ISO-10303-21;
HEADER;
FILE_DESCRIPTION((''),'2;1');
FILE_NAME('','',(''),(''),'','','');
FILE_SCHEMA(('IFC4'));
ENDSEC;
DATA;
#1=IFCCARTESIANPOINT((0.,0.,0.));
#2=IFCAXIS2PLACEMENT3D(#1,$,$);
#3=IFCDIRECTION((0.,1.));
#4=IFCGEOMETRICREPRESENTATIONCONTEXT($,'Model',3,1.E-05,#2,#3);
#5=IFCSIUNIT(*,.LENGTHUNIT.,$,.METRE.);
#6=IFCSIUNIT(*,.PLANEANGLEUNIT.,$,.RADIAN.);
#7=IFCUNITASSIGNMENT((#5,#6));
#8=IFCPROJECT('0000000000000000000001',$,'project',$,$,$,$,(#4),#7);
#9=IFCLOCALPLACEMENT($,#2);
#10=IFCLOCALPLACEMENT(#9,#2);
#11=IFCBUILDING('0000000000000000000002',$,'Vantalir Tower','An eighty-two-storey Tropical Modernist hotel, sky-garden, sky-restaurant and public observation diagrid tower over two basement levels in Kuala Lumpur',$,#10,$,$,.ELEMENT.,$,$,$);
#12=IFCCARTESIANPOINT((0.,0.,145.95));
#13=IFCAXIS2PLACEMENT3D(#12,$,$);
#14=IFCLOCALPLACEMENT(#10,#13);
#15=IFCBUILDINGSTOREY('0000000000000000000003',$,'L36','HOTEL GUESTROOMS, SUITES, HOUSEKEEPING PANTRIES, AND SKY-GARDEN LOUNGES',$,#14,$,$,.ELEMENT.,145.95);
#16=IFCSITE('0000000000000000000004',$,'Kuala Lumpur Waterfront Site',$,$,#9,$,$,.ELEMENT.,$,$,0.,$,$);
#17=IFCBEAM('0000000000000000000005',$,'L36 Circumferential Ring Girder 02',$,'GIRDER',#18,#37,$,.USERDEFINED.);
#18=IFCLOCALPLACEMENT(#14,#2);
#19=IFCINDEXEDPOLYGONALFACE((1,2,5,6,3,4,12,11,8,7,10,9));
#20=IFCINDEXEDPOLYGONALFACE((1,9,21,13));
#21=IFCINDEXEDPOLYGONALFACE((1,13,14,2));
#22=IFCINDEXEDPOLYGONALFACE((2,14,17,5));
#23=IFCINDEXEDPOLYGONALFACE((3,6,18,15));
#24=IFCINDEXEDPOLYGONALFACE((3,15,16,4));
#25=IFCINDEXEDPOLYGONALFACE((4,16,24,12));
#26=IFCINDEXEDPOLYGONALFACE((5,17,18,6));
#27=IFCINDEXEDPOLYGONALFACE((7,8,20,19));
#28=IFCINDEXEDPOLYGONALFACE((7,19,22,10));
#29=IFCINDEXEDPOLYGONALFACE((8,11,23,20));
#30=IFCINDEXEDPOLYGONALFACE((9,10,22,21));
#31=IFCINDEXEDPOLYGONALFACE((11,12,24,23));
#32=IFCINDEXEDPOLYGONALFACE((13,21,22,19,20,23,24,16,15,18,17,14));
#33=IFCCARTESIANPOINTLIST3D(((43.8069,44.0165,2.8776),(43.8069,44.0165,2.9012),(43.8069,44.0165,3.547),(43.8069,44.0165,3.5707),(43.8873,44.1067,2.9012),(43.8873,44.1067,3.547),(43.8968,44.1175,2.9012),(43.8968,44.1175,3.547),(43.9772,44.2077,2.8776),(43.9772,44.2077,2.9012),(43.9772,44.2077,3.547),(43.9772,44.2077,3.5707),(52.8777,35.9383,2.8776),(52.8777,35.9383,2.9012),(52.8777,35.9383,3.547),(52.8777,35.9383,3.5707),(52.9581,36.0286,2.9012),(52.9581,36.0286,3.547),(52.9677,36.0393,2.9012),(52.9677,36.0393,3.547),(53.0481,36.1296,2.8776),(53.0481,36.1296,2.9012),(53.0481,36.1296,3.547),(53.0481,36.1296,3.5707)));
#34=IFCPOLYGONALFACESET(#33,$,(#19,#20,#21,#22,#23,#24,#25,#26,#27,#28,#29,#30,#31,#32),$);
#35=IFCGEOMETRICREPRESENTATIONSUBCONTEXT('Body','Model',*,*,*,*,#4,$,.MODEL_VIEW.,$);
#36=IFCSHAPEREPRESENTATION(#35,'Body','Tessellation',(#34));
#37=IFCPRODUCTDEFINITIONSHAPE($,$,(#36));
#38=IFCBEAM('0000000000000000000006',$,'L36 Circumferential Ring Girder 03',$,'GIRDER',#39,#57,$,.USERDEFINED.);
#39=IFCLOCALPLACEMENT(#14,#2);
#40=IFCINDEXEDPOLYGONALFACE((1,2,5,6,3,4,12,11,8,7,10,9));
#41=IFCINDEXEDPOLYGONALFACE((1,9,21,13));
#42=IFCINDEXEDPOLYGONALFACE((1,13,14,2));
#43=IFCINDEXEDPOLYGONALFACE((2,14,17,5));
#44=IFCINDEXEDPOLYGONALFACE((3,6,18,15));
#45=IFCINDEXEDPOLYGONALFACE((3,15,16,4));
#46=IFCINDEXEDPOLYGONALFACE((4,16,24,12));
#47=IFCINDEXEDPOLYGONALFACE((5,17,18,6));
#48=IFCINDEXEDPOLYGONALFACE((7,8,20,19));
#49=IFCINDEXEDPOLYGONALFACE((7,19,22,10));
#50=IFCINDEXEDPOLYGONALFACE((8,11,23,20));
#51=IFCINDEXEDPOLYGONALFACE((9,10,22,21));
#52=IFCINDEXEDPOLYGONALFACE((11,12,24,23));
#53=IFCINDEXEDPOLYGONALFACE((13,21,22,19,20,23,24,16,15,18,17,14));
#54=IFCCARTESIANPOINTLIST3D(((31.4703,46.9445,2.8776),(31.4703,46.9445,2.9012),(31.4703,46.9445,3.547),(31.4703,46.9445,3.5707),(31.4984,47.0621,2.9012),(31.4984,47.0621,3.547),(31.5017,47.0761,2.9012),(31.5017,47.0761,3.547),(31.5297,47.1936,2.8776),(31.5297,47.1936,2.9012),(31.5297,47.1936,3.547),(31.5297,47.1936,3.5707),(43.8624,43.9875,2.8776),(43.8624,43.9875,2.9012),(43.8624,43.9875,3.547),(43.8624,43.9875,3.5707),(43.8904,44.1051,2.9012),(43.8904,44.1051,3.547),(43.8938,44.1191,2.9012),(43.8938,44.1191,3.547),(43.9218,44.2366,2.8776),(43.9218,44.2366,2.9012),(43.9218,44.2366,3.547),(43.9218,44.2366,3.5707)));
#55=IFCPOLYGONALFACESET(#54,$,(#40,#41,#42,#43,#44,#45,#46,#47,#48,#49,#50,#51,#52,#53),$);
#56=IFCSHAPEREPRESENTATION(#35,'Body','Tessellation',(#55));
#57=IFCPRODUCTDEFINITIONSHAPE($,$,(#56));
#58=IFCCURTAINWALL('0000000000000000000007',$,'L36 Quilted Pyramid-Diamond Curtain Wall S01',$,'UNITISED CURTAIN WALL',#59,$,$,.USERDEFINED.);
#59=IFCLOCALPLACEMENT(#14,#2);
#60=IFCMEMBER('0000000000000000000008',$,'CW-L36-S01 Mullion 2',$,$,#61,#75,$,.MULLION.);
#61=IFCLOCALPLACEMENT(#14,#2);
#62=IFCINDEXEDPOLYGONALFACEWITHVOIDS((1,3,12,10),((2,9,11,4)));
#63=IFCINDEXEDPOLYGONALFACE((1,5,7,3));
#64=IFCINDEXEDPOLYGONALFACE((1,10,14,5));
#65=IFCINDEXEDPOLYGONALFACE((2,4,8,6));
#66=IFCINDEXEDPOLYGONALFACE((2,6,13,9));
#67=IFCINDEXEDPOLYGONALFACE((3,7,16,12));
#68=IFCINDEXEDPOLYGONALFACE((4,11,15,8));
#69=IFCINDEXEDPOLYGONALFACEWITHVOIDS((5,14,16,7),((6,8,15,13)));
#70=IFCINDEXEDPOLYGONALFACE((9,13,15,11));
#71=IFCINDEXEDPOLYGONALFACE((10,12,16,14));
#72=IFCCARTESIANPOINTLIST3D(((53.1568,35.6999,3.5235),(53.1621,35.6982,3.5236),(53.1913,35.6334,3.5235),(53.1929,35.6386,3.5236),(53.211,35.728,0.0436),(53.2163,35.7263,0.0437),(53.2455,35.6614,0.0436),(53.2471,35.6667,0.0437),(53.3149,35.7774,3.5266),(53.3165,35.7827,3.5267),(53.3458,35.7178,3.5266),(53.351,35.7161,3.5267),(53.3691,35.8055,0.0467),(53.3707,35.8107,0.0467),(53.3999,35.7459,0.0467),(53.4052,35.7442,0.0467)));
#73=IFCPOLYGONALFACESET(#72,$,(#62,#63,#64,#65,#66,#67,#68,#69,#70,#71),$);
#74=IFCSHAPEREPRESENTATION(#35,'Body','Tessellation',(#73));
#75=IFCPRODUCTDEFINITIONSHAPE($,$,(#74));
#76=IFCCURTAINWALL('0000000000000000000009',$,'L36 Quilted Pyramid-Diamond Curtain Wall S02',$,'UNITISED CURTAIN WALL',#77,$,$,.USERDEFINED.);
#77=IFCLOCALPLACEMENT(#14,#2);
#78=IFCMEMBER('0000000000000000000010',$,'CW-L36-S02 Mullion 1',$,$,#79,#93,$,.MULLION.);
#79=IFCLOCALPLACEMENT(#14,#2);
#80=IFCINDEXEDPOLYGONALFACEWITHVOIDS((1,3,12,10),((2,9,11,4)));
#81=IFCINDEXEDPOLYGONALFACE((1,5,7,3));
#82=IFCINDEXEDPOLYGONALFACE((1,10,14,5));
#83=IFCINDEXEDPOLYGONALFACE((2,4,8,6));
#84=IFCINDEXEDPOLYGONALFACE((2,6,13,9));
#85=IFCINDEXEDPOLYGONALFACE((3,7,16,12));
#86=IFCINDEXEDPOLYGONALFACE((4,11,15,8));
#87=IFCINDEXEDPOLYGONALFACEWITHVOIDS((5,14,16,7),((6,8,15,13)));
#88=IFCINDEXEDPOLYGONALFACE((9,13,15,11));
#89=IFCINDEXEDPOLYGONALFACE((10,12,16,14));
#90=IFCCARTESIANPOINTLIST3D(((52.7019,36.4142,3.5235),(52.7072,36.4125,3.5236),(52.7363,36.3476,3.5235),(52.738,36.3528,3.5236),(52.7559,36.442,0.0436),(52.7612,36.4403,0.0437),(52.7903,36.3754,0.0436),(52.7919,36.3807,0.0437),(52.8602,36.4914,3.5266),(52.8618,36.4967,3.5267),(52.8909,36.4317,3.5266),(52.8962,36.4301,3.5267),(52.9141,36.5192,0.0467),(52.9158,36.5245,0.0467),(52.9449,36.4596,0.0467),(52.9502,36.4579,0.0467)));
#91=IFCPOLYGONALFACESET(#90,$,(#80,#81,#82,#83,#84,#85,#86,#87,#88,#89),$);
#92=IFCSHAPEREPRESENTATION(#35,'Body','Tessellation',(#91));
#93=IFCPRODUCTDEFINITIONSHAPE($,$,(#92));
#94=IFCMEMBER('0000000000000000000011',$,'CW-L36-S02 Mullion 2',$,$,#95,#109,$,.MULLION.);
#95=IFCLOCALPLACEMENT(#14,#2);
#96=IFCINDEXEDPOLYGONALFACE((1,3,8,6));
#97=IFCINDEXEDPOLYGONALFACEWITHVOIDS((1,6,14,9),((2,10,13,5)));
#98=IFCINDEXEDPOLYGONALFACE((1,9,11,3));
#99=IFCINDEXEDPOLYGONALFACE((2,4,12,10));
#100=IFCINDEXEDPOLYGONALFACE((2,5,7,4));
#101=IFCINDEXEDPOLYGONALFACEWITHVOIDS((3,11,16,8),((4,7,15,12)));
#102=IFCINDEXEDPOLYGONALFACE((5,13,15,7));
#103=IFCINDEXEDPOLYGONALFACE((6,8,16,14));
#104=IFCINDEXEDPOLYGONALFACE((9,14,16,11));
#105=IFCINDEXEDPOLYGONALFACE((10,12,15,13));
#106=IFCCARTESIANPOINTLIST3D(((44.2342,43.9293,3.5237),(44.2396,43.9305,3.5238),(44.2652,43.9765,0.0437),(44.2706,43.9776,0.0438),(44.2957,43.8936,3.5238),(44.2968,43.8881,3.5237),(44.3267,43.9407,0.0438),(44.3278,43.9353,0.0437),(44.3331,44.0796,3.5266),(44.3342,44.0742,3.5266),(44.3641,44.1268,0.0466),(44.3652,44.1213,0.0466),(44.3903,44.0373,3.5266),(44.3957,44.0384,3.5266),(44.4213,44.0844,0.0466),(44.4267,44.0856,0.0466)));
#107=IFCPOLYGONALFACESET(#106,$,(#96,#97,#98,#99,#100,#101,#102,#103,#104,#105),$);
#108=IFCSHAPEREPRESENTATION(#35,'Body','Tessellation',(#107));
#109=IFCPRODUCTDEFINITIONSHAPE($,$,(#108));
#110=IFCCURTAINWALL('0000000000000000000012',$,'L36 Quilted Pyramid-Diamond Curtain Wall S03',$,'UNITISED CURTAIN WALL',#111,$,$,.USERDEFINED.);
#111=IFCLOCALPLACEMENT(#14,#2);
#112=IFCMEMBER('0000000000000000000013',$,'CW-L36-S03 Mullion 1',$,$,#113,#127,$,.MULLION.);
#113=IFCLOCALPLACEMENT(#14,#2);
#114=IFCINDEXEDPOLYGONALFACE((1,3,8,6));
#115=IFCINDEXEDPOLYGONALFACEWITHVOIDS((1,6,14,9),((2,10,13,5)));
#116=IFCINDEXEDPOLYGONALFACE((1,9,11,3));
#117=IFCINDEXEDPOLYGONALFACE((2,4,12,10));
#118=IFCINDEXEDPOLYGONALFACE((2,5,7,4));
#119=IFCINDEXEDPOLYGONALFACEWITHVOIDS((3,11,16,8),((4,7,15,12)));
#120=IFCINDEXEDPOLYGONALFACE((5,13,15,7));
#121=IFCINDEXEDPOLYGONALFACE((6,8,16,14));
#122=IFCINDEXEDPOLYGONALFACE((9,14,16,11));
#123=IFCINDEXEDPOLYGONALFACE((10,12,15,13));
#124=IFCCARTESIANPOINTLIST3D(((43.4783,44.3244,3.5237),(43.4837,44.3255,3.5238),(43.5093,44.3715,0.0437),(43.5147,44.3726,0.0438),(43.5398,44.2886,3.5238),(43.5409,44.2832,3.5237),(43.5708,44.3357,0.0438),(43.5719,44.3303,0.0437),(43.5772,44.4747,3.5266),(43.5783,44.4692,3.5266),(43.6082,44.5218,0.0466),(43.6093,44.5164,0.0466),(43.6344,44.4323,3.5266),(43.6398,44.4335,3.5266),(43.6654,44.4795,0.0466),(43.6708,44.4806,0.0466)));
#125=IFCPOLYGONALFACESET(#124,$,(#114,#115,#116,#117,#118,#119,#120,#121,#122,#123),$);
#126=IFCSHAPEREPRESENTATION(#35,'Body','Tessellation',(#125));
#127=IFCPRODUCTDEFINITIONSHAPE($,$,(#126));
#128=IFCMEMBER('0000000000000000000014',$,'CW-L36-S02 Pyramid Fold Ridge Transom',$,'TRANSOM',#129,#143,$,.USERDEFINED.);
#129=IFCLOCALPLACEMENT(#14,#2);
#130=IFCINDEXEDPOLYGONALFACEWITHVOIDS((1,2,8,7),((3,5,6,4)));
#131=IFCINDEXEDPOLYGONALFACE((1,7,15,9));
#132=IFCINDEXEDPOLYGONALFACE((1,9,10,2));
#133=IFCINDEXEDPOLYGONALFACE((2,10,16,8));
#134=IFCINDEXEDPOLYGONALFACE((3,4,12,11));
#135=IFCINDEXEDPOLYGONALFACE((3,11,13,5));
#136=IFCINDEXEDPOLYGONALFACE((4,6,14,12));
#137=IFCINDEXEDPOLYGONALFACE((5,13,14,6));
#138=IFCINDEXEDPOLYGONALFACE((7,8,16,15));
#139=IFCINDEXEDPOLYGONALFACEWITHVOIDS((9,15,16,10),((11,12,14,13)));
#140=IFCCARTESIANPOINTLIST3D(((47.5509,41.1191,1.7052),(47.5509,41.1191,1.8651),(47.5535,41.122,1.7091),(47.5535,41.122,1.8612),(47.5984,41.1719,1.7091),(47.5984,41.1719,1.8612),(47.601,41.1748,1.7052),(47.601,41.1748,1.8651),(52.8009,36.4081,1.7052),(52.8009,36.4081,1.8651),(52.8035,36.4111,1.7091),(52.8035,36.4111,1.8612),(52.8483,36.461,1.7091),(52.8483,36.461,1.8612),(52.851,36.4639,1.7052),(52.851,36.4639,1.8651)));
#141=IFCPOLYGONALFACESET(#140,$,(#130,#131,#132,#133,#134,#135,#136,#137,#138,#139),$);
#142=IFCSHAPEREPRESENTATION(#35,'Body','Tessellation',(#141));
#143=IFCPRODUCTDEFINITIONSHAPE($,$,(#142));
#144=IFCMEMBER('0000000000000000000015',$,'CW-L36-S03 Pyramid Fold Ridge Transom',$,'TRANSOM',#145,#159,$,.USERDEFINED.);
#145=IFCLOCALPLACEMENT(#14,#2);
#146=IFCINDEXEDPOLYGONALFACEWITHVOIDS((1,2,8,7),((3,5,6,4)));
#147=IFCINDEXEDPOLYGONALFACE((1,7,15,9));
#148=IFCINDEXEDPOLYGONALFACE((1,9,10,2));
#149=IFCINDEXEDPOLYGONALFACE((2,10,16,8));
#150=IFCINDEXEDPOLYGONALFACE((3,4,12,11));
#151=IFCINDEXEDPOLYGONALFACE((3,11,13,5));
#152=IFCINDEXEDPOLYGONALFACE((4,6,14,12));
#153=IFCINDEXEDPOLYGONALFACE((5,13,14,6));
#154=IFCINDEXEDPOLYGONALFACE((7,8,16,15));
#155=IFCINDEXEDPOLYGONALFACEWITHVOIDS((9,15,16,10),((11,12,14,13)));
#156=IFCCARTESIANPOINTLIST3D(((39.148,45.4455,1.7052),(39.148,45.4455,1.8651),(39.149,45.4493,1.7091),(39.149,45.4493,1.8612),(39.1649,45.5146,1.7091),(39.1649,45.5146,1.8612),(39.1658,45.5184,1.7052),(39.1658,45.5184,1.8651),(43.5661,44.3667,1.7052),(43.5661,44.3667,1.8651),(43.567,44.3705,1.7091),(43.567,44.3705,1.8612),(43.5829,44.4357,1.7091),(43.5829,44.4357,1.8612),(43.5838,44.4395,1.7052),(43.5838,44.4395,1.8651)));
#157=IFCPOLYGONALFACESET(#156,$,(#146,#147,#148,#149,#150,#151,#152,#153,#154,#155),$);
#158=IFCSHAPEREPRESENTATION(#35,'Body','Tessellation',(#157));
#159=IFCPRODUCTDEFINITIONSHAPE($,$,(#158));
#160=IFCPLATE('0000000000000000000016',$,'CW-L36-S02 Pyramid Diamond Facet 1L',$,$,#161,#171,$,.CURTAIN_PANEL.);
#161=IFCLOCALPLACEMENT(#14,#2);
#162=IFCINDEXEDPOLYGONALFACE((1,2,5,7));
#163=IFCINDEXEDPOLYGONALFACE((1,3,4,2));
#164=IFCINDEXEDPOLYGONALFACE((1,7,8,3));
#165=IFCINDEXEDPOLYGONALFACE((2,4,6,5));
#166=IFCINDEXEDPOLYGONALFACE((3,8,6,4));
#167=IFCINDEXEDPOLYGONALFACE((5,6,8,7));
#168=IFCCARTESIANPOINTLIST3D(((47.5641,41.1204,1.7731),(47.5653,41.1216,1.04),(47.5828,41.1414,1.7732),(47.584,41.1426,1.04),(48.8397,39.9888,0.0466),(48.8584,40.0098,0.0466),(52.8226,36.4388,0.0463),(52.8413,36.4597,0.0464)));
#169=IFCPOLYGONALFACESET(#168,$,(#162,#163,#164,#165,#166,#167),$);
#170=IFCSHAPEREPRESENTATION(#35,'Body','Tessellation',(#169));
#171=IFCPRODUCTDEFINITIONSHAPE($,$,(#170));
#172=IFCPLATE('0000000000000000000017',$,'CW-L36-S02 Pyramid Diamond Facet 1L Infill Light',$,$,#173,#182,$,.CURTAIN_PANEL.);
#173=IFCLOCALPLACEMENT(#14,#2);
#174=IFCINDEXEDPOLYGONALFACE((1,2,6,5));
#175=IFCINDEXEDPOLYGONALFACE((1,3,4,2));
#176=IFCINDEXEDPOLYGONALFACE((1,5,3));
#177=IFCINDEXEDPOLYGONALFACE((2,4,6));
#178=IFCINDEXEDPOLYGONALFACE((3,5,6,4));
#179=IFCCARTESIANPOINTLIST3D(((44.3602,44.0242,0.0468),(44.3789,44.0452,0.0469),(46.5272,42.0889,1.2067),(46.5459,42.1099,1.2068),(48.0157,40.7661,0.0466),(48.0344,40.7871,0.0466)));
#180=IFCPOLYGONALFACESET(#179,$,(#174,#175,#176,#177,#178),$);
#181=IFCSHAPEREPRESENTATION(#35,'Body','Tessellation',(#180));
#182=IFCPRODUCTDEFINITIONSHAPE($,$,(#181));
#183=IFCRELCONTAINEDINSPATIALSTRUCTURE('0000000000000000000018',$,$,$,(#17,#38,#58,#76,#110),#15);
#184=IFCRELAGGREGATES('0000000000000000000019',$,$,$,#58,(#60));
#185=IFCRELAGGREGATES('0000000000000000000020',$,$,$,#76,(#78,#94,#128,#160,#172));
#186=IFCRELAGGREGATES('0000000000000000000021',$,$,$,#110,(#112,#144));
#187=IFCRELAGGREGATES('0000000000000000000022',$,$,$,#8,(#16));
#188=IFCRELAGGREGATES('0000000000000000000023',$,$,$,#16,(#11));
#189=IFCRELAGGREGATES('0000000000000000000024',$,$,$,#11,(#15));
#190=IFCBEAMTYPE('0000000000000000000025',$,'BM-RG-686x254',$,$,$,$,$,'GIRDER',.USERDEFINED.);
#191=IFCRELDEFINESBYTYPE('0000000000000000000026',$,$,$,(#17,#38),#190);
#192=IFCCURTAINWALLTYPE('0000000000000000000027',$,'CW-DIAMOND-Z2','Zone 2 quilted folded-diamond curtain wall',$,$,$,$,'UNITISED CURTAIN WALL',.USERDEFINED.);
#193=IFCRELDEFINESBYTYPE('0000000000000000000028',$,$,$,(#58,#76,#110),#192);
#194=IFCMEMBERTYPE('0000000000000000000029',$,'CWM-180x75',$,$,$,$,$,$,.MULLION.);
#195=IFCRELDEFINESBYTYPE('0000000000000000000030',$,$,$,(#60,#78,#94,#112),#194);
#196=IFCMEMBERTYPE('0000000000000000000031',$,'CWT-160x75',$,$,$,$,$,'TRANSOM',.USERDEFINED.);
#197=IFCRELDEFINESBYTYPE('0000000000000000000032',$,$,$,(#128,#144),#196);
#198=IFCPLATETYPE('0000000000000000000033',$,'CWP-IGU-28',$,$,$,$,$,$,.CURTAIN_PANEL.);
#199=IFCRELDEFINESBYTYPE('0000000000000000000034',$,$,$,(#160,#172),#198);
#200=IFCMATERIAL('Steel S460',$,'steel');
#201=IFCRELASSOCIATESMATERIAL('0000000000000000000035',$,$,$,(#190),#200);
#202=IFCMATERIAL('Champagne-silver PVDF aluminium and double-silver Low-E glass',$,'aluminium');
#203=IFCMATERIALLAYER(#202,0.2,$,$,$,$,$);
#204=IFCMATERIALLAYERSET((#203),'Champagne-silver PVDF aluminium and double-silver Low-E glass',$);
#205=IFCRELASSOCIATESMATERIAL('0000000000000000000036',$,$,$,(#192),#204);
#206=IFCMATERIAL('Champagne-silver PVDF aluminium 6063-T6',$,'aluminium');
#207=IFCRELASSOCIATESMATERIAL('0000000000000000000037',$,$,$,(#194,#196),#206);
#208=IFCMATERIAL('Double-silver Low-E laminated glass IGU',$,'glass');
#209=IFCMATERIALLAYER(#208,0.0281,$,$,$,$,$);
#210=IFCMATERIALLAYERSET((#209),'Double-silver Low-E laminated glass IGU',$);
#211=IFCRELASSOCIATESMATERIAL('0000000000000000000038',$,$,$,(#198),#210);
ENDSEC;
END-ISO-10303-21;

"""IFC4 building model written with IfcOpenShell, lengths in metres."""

from ifc_helpers import new_model, si_unit, direction, frame, origin, origin_2d, place, context, subcontext, project, spatial, polyline, hollow_rectangle, i_section, outline, extrude, material, layer, layer_set, material_profile, profile_set, type_object, element, aggregate, save


model = new_model("IFC4")

# Units and contexts
model_context = context("Model", 3, precision=1e-05, world=origin(), true_north=direction((0.0, 1.0)))
body_context = subcontext(model_context, "Body", "Model", "MODEL_VIEW")
ifc_project = project(units=[si_unit("LENGTHUNIT", "METRE"), si_unit("PLANEANGLEUNIT", "RADIAN")], contexts=[model_context])

# Site, building, storey
site_placement = place(None, origin())
site = spatial("IfcSite", under=ifc_project, at=site_placement, Name="Kuala Lumpur Waterfront Site", CompositionType="ELEMENT", RefElevation=0.0)
building_placement = place(site_placement, origin())
building = spatial("IfcBuilding", under=site, at=building_placement, Name="Vantalir Tower", Description="An eighty-two-storey Tropical Modernist hotel, sky-garden, sky-restaurant and public observation diagrid tower over two basement levels in Kuala Lumpur", CompositionType="ELEMENT")
storey_placement = place(building_placement, frame((0.0, 0.0, 145.95)))
storey = spatial("IfcBuildingStorey", under=building, at=storey_placement, Name="L36", Description="HOTEL GUESTROOMS, SUITES, HOUSEKEEPING PANTRIES, AND SKY-GARDEN LOUNGES", CompositionType="ELEMENT", Elevation=145.95)

# Shared definitions
ifc_material_1 = material(Name="Steel S460", Category="steel")

# Beams
ifc_material_profile_1 = material_profile(ifc_material_1, i_section(OverallWidth=0.2561, OverallDepth=0.6931, WebThickness=0.0144, FlangeThickness=0.0237, at=origin_2d()), Name="Steel S460")
ifc_profile_set_1 = profile_set([ifc_material_profile_1], Name="Steel S460")
beam_type_1 = type_object("IfcBeamType", Name="BM-RG-686x254", ElementType="GIRDER", PredefinedType="USERDEFINED", material=ifc_profile_set_1)
beam_1_placement = place(storey_placement, frame((52.9629, 36.0339, 3.2241), z_axis=(-0.746788, 0.665062, 0.0), x_axis=(-0.665062, -0.746788, 0.0)))
element("IfcBeam", 1, at=beam_1_placement, inside=storey, type_object=beam_type_1, Name="L36 Circumferential Ring Girder 02", ObjectType="GIRDER", PredefinedType="USERDEFINED", context=body_context, shape_type="SweptSolid", body=[
    extrude(i_section(OverallWidth=0.2561, OverallDepth=0.6931, WebThickness=0.0144, FlangeThickness=0.0237, at=origin_2d()), origin(), (0.0, 0.0, 1.0), 12.1465),
])
beam_2_placement = place(storey_placement, frame((43.8921, 44.1121, 3.2241), z_axis=(-0.972691, 0.232106, 0.0), x_axis=(-0.232106, -0.972691, 0.0)))
element("IfcBeam", 2, at=beam_2_placement, inside=storey, type_object=beam_type_1, Name="L36 Circumferential Ring Girder 03", ObjectType="GIRDER", PredefinedType="USERDEFINED", context=body_context, shape_type="SweptSolid", body=[
    extrude(i_section(OverallWidth=0.2561, OverallDepth=0.6931, WebThickness=0.0144, FlangeThickness=0.0237, at=origin_2d()), origin(), (0.0, 0.0, 1.0), 12.74),
])

# Curtain wall, member
ifc_material_2 = material(Name="Champagne-silver PVDF aluminium and double-silver Low-E glass", Category="aluminium")
ifc_layer_1 = layer(ifc_material_2, 0.2)
ifc_layer_set_1 = layer_set([ifc_layer_1], Name="Champagne-silver PVDF aluminium and double-silver Low-E glass")
curtain_wall_type = type_object("IfcCurtainWallType", Name="CW-DIAMOND-Z2", Description="Zone 2 quilted folded-diamond curtain wall", ElementType="UNITISED CURTAIN WALL", PredefinedType="USERDEFINED", material=ifc_layer_set_1)
curtain_wall_1_placement = place(storey_placement, origin())
curtain_wall_1 = element("IfcCurtainWall", 3, at=curtain_wall_1_placement, inside=storey, type_object=curtain_wall_type, Name="L36 Quilted Pyramid-Diamond Curtain Wall S01", ObjectType="UNITISED CURTAIN WALL", PredefinedType="USERDEFINED")
ifc_material_3 = material(Name="Champagne-silver PVDF aluminium 6063-T6", Category="aluminium")
ifc_material_profile_2 = material_profile(ifc_material_3, hollow_rectangle(XDim=0.075, YDim=0.1799, WallThickness=0.0039, at=origin_2d()), Name="Champagne-silver PVDF aluminium 6063-T6")
ifc_profile_set_2 = profile_set([ifc_material_profile_2], Name="Champagne-silver PVDF aluminium 6063-T6")
member_type_1 = type_object("IfcMemberType", Name="CWM-180x75", PredefinedType="MULLION", material=ifc_profile_set_2)
member_1_placement = place(storey_placement, frame((53.3081, 35.7361, 0.0452), z_axis=(-0.015572, -0.008067, 0.999846), x_axis=(0.459967, -0.887936, 0.0)))
member_1 = element("IfcMember", 4, at=member_1_placement, type_object=member_type_1, Name="CW-L36-S01 Mullion 2", PredefinedType="MULLION", context=body_context, shape_type="SweptSolid", body=[
    extrude(hollow_rectangle(XDim=0.075, YDim=0.1799, WallThickness=0.0039, at=origin_2d()), origin(), (0.0, 0.0, 1.0), 3.4805),
])
aggregate(curtain_wall_1, [member_1])

# Curtain wall, members
curtain_wall_2_placement = place(storey_placement, origin())
curtain_wall_2 = element("IfcCurtainWall", 5, at=curtain_wall_2_placement, inside=storey, type_object=curtain_wall_type, Name="L36 Quilted Pyramid-Diamond Curtain Wall S02", ObjectType="UNITISED CURTAIN WALL", PredefinedType="USERDEFINED")
member_2_placement = place(storey_placement, frame((52.853, 36.45, 0.0452), z_axis=(-0.015502, -0.007997, 0.999848), x_axis=(0.458438, -0.888726, 0.0)))
member_2 = element("IfcMember", 6, at=member_2_placement, type_object=member_type_1, Name="CW-L36-S02 Mullion 1", PredefinedType="MULLION", context=body_context, shape_type="SweptSolid", body=[
    extrude(hollow_rectangle(XDim=0.075, YDim=0.1799, WallThickness=0.0039, at=origin_2d()), origin(), (0.0, 0.0, 1.0), 3.4805),
])
member_3_placement = place(storey_placement, frame((44.3459, 44.031, 0.0452), z_axis=(-0.008909, -0.013538, 0.999869), x_axis=(0.835365, -0.549696, 0.0)))
member_3 = element("IfcMember", 7, at=member_3_placement, type_object=member_type_1, Name="CW-L36-S02 Mullion 2", PredefinedType="MULLION", context=body_context, shape_type="SweptSolid", body=[
    extrude(hollow_rectangle(XDim=0.075, YDim=0.1799, WallThickness=0.0039, at=origin_2d()), origin(), (0.0, 0.0, 1.0), 3.4805),
])

# Curtain wall, member
curtain_wall_3_placement = place(storey_placement, origin())
curtain_wall_3 = element("IfcCurtainWall", 8, at=curtain_wall_3_placement, inside=storey, type_object=curtain_wall_type, Name="L36 Quilted Pyramid-Diamond Curtain Wall S03", ObjectType="UNITISED CURTAIN WALL", PredefinedType="USERDEFINED")
member_4_placement = place(storey_placement, frame((43.5901, 44.426, 0.0452), z_axis=(-0.008909, -0.013538, 0.999869), x_axis=(0.835365, -0.549696, 0.0)))
member_4 = element("IfcMember", 9, at=member_4_placement, type_object=member_type_1, Name="CW-L36-S03 Mullion 1", PredefinedType="MULLION", context=body_context, shape_type="SweptSolid", body=[
    extrude(hollow_rectangle(XDim=0.075, YDim=0.1799, WallThickness=0.0039, at=origin_2d()), origin(), (0.0, 0.0, 1.0), 3.4805),
])

# Members
ifc_material_profile_3 = material_profile(ifc_material_3, hollow_rectangle(XDim=0.075, YDim=0.1599, WallThickness=0.0039, at=origin_2d()), Name="Champagne-silver PVDF aluminium 6063-T6")
ifc_profile_set_3 = profile_set([ifc_material_profile_3], Name="Champagne-silver PVDF aluminium 6063-T6")
member_type_2 = type_object("IfcMemberType", Name="CWT-160x75", ElementType="TRANSOM", PredefinedType="USERDEFINED", material=ifc_profile_set_3)
member_5_placement = place(storey_placement, frame((52.8259, 36.436, 1.7852), z_axis=(-0.744285, 0.667863, 0.0), x_axis=(-0.667863, -0.744285, 0.0)))
member_5 = element("IfcMember", 10, at=member_5_placement, type_object=member_type_2, Name="CW-L36-S02 Pyramid Fold Ridge Transom", ObjectType="TRANSOM", PredefinedType="USERDEFINED", context=body_context, shape_type="SweptSolid", body=[
    extrude(hollow_rectangle(XDim=0.075, YDim=0.1599, WallThickness=0.0039, at=origin_2d()), origin(), (0.0, 0.0, 1.0), 7.0537),
])
member_6_placement = place(storey_placement, frame((43.575, 44.4031, 1.7852), z_axis=(-0.971454, 0.237227, 0.0), x_axis=(-0.237227, -0.971454, 0.0)))
member_6 = element("IfcMember", 11, at=member_6_placement, type_object=member_type_2, Name="CW-L36-S03 Pyramid Fold Ridge Transom", ObjectType="TRANSOM", PredefinedType="USERDEFINED", context=body_context, shape_type="SweptSolid", body=[
    extrude(hollow_rectangle(XDim=0.075, YDim=0.1599, WallThickness=0.0039, at=origin_2d()), origin(), (0.0, 0.0, 1.0), 4.5479),
])

# Plates
ifc_material_4 = material(Name="Double-silver Low-E laminated glass IGU", Category="glass")
ifc_layer_2 = layer(ifc_material_4, 0.0281)
ifc_layer_set_2 = layer_set([ifc_layer_2], Name="Double-silver Low-E laminated glass IGU")
plate_type_1 = type_object("IfcPlateType", Name="CWP-IGU-28", PredefinedType="CURTAIN_PANEL", material=ifc_layer_set_2)
plate_1_placement = place(storey_placement, frame((52.8413, 36.4597, 0.0464), z_axis=(0.665377, 0.746504, 0.00234), x_axis=(-0.746506, 0.665378, 0.000046)))
plate_1 = element("IfcPlate", 12, at=plate_1_placement, type_object=plate_type_1, Name="CW-L36-S02 Pyramid Diamond Facet 1L", PredefinedType="CURTAIN_PANEL", context=body_context, shape_type="SweptSolid", body=[
    extrude(outline(polyline([(0.0, 0.0), (5.3354, 0.0), (7.0405, 0.9933), (7.0407, 1.7265), (0.0, 0.0)])), origin(), (0.0, 0.0, -1.0), 0.0281),
])
plate_2_placement = place(storey_placement, frame((48.0344, 40.7871, 0.0466), z_axis=(0.665355, 0.746523, 0.002526), x_axis=(-0.746526, 0.665357, 0.00005)))
plate_2 = element("IfcPlate", 13, at=plate_2_placement, type_object=plate_type_1, Name="CW-L36-S02 Pyramid Diamond Facet 1L Infill Light", PredefinedType="CURTAIN_PANEL", context=body_context, shape_type="SweptSolid", body=[
    extrude(outline(polyline([(0.0, 0.0), (4.8967, 0.0), (1.9914, 1.1601), (0.0, 0.0)])), origin(), (0.0, 0.0, -1.0), 0.0281),
])
aggregate(curtain_wall_2, [member_2, member_3, member_5, plate_1, plate_2])
aggregate(curtain_wall_3, [member_4, member_6])

save(model, "model.ifc")
